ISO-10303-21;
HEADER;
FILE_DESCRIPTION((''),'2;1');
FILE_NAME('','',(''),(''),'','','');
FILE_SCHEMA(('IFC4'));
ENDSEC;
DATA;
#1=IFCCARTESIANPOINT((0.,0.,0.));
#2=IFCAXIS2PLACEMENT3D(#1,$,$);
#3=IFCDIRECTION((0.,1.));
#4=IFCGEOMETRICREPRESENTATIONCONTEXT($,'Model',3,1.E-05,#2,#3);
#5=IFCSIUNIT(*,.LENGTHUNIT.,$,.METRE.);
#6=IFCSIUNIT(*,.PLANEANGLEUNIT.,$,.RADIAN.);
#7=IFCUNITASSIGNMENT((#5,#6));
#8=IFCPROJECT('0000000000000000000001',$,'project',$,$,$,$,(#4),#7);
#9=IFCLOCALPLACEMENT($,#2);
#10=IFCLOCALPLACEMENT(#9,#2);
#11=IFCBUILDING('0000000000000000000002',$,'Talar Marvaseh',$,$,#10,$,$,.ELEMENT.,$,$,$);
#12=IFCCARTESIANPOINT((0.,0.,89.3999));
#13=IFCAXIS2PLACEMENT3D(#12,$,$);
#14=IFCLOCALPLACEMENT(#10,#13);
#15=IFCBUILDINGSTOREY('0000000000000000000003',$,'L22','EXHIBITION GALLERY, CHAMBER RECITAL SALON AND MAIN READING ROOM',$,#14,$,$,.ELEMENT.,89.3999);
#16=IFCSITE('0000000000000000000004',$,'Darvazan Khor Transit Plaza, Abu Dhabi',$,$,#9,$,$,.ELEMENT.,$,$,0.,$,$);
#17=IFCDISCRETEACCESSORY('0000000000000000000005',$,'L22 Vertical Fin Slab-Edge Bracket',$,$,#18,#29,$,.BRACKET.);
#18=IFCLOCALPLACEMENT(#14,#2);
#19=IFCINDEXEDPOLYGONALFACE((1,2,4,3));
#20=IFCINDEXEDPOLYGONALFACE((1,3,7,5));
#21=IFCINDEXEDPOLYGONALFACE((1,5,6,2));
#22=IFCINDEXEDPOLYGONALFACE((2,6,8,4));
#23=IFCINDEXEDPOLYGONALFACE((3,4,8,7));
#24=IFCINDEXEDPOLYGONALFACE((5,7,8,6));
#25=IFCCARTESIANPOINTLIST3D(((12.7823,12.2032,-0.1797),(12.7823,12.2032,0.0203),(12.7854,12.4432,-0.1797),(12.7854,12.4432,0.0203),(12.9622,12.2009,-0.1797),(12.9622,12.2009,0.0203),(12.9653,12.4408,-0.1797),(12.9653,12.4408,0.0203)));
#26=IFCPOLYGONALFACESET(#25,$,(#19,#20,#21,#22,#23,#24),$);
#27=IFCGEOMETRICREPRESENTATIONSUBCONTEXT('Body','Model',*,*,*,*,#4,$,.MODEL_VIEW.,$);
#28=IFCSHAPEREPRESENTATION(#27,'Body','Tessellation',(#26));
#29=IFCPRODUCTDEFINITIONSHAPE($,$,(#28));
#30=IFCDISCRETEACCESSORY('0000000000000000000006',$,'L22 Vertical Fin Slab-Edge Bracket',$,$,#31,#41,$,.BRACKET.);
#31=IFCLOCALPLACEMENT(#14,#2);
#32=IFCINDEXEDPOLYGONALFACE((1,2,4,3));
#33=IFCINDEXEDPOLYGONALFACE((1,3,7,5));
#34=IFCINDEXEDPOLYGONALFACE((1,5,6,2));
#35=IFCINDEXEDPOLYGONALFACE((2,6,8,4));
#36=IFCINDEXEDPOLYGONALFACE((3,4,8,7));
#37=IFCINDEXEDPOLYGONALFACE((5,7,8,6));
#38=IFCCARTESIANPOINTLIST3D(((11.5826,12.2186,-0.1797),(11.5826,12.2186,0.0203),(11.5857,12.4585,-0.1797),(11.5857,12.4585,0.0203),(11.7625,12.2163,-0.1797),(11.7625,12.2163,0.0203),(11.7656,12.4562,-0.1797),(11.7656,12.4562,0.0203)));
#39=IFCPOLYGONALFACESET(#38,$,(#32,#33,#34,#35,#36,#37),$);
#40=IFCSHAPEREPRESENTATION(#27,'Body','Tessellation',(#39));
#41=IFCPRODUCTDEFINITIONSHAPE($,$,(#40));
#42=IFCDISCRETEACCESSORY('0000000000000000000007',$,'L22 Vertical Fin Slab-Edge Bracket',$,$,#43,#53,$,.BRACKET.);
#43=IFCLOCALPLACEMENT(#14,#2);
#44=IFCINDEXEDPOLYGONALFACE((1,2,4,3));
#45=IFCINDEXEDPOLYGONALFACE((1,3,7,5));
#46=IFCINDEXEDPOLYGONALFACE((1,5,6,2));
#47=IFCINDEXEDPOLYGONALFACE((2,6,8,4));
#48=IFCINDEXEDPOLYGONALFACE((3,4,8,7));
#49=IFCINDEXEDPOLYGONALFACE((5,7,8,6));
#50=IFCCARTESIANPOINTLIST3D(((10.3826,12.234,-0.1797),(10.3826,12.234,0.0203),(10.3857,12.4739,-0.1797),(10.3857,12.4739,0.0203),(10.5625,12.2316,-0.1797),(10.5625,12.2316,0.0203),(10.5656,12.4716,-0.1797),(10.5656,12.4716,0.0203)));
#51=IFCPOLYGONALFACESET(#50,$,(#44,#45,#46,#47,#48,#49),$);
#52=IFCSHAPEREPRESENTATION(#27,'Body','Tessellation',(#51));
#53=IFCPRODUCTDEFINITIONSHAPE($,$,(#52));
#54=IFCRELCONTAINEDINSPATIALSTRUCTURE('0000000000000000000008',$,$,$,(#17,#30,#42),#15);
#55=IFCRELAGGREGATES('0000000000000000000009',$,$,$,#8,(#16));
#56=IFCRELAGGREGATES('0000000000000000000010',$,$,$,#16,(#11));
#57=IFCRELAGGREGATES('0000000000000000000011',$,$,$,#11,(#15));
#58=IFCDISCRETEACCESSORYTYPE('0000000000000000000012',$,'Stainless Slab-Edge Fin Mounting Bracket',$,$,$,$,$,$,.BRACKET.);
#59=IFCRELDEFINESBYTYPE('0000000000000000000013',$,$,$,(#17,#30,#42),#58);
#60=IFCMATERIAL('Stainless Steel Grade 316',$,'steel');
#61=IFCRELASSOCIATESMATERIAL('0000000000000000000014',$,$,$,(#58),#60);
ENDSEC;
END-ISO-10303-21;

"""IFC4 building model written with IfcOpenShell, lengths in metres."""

from ifc_helpers import new_model, si_unit, direction, frame, origin, origin_2d, place, context, subcontext, project, spatial, rectangle, extrude, source, transform, mapped, material, type_object, type_shapes, element, save


model = new_model("IFC4")

# Units and contexts
model_context = context("Model", 3, precision=1e-05, world=origin(), true_north=direction((0.0, 1.0)))
body_context = subcontext(model_context, "Body", "Model", "MODEL_VIEW")
ifc_project = project(units=[si_unit("LENGTHUNIT", "METRE"), si_unit("PLANEANGLEUNIT", "RADIAN")], contexts=[model_context])

# Site, building, storey
site_placement = place(None, origin())
site = spatial("IfcSite", under=ifc_project, at=site_placement, Name="Darvazan Khor Transit Plaza, Abu Dhabi", CompositionType="ELEMENT", RefElevation=0.0)
building_placement = place(site_placement, origin())
building = spatial("IfcBuilding", under=site, at=building_placement, Name="Talar Marvaseh", CompositionType="ELEMENT")
storey_placement = place(building_placement, frame((0.0, 0.0, 89.3999)))
storey = spatial("IfcBuildingStorey", under=building, at=storey_placement, Name="L22", Description="EXHIBITION GALLERY, CHAMBER RECITAL SALON AND MAIN READING ROOM", CompositionType="ELEMENT", Elevation=89.3999)

# Discrete accessories
ifc_material_1 = material(Name="Stainless Steel Grade 316", Category="steel")
discrete_accessory_type = type_object("IfcDiscreteAccessoryType", Name="Stainless Slab-Edge Fin Mounting Bracket", PredefinedType="BRACKET", material=ifc_material_1)
shared_shape_1 = source(origin(), body_context, "Body", "SweptSolid", [
    extrude(rectangle(XDim=0.24, YDim=0.1799, at=origin_2d()), origin(), (0.0, 0.0, 1.0), 0.2),
])
type_shapes(discrete_accessory_type, [shared_shape_1])
for number, where, z_axis, x_axis, name in (
    (1, (12.8738, 12.322, -0.1797), (0.0, 0.0, 1.0), (-0.012915, -0.999917, 0.0), "L22 Vertical Fin Slab-Edge Bracket"),
    (2, (11.6741, 12.3374, -0.1797), (0.0, 0.0, 1.0), (-0.012915, -0.999917, 0.0), "L22 Vertical Fin Slab-Edge Bracket"),
    (3, (10.4741, 12.3528, -0.1797), (0.0, 0.0, 1.0), (-0.012915, -0.999917, 0.0), "L22 Vertical Fin Slab-Edge Bracket"),
):
    element("IfcDiscreteAccessory", number, at=place(storey_placement, frame(where, z_axis=z_axis, x_axis=x_axis)), inside=storey, type_object=discrete_accessory_type, Name=name, PredefinedType="BRACKET", context=body_context, shape_type="MappedRepresentation", body=[
        mapped(shared_shape_1, transform((0.0, 0.0, 0.0), x_axis=(1.0, 0.0, 0.0), y_axis=(0.0, 1.0, 0.0), z_axis=(0.0, 0.0, 1.0), scale=1.0)),
    ])

save(model, "model.ifc")
